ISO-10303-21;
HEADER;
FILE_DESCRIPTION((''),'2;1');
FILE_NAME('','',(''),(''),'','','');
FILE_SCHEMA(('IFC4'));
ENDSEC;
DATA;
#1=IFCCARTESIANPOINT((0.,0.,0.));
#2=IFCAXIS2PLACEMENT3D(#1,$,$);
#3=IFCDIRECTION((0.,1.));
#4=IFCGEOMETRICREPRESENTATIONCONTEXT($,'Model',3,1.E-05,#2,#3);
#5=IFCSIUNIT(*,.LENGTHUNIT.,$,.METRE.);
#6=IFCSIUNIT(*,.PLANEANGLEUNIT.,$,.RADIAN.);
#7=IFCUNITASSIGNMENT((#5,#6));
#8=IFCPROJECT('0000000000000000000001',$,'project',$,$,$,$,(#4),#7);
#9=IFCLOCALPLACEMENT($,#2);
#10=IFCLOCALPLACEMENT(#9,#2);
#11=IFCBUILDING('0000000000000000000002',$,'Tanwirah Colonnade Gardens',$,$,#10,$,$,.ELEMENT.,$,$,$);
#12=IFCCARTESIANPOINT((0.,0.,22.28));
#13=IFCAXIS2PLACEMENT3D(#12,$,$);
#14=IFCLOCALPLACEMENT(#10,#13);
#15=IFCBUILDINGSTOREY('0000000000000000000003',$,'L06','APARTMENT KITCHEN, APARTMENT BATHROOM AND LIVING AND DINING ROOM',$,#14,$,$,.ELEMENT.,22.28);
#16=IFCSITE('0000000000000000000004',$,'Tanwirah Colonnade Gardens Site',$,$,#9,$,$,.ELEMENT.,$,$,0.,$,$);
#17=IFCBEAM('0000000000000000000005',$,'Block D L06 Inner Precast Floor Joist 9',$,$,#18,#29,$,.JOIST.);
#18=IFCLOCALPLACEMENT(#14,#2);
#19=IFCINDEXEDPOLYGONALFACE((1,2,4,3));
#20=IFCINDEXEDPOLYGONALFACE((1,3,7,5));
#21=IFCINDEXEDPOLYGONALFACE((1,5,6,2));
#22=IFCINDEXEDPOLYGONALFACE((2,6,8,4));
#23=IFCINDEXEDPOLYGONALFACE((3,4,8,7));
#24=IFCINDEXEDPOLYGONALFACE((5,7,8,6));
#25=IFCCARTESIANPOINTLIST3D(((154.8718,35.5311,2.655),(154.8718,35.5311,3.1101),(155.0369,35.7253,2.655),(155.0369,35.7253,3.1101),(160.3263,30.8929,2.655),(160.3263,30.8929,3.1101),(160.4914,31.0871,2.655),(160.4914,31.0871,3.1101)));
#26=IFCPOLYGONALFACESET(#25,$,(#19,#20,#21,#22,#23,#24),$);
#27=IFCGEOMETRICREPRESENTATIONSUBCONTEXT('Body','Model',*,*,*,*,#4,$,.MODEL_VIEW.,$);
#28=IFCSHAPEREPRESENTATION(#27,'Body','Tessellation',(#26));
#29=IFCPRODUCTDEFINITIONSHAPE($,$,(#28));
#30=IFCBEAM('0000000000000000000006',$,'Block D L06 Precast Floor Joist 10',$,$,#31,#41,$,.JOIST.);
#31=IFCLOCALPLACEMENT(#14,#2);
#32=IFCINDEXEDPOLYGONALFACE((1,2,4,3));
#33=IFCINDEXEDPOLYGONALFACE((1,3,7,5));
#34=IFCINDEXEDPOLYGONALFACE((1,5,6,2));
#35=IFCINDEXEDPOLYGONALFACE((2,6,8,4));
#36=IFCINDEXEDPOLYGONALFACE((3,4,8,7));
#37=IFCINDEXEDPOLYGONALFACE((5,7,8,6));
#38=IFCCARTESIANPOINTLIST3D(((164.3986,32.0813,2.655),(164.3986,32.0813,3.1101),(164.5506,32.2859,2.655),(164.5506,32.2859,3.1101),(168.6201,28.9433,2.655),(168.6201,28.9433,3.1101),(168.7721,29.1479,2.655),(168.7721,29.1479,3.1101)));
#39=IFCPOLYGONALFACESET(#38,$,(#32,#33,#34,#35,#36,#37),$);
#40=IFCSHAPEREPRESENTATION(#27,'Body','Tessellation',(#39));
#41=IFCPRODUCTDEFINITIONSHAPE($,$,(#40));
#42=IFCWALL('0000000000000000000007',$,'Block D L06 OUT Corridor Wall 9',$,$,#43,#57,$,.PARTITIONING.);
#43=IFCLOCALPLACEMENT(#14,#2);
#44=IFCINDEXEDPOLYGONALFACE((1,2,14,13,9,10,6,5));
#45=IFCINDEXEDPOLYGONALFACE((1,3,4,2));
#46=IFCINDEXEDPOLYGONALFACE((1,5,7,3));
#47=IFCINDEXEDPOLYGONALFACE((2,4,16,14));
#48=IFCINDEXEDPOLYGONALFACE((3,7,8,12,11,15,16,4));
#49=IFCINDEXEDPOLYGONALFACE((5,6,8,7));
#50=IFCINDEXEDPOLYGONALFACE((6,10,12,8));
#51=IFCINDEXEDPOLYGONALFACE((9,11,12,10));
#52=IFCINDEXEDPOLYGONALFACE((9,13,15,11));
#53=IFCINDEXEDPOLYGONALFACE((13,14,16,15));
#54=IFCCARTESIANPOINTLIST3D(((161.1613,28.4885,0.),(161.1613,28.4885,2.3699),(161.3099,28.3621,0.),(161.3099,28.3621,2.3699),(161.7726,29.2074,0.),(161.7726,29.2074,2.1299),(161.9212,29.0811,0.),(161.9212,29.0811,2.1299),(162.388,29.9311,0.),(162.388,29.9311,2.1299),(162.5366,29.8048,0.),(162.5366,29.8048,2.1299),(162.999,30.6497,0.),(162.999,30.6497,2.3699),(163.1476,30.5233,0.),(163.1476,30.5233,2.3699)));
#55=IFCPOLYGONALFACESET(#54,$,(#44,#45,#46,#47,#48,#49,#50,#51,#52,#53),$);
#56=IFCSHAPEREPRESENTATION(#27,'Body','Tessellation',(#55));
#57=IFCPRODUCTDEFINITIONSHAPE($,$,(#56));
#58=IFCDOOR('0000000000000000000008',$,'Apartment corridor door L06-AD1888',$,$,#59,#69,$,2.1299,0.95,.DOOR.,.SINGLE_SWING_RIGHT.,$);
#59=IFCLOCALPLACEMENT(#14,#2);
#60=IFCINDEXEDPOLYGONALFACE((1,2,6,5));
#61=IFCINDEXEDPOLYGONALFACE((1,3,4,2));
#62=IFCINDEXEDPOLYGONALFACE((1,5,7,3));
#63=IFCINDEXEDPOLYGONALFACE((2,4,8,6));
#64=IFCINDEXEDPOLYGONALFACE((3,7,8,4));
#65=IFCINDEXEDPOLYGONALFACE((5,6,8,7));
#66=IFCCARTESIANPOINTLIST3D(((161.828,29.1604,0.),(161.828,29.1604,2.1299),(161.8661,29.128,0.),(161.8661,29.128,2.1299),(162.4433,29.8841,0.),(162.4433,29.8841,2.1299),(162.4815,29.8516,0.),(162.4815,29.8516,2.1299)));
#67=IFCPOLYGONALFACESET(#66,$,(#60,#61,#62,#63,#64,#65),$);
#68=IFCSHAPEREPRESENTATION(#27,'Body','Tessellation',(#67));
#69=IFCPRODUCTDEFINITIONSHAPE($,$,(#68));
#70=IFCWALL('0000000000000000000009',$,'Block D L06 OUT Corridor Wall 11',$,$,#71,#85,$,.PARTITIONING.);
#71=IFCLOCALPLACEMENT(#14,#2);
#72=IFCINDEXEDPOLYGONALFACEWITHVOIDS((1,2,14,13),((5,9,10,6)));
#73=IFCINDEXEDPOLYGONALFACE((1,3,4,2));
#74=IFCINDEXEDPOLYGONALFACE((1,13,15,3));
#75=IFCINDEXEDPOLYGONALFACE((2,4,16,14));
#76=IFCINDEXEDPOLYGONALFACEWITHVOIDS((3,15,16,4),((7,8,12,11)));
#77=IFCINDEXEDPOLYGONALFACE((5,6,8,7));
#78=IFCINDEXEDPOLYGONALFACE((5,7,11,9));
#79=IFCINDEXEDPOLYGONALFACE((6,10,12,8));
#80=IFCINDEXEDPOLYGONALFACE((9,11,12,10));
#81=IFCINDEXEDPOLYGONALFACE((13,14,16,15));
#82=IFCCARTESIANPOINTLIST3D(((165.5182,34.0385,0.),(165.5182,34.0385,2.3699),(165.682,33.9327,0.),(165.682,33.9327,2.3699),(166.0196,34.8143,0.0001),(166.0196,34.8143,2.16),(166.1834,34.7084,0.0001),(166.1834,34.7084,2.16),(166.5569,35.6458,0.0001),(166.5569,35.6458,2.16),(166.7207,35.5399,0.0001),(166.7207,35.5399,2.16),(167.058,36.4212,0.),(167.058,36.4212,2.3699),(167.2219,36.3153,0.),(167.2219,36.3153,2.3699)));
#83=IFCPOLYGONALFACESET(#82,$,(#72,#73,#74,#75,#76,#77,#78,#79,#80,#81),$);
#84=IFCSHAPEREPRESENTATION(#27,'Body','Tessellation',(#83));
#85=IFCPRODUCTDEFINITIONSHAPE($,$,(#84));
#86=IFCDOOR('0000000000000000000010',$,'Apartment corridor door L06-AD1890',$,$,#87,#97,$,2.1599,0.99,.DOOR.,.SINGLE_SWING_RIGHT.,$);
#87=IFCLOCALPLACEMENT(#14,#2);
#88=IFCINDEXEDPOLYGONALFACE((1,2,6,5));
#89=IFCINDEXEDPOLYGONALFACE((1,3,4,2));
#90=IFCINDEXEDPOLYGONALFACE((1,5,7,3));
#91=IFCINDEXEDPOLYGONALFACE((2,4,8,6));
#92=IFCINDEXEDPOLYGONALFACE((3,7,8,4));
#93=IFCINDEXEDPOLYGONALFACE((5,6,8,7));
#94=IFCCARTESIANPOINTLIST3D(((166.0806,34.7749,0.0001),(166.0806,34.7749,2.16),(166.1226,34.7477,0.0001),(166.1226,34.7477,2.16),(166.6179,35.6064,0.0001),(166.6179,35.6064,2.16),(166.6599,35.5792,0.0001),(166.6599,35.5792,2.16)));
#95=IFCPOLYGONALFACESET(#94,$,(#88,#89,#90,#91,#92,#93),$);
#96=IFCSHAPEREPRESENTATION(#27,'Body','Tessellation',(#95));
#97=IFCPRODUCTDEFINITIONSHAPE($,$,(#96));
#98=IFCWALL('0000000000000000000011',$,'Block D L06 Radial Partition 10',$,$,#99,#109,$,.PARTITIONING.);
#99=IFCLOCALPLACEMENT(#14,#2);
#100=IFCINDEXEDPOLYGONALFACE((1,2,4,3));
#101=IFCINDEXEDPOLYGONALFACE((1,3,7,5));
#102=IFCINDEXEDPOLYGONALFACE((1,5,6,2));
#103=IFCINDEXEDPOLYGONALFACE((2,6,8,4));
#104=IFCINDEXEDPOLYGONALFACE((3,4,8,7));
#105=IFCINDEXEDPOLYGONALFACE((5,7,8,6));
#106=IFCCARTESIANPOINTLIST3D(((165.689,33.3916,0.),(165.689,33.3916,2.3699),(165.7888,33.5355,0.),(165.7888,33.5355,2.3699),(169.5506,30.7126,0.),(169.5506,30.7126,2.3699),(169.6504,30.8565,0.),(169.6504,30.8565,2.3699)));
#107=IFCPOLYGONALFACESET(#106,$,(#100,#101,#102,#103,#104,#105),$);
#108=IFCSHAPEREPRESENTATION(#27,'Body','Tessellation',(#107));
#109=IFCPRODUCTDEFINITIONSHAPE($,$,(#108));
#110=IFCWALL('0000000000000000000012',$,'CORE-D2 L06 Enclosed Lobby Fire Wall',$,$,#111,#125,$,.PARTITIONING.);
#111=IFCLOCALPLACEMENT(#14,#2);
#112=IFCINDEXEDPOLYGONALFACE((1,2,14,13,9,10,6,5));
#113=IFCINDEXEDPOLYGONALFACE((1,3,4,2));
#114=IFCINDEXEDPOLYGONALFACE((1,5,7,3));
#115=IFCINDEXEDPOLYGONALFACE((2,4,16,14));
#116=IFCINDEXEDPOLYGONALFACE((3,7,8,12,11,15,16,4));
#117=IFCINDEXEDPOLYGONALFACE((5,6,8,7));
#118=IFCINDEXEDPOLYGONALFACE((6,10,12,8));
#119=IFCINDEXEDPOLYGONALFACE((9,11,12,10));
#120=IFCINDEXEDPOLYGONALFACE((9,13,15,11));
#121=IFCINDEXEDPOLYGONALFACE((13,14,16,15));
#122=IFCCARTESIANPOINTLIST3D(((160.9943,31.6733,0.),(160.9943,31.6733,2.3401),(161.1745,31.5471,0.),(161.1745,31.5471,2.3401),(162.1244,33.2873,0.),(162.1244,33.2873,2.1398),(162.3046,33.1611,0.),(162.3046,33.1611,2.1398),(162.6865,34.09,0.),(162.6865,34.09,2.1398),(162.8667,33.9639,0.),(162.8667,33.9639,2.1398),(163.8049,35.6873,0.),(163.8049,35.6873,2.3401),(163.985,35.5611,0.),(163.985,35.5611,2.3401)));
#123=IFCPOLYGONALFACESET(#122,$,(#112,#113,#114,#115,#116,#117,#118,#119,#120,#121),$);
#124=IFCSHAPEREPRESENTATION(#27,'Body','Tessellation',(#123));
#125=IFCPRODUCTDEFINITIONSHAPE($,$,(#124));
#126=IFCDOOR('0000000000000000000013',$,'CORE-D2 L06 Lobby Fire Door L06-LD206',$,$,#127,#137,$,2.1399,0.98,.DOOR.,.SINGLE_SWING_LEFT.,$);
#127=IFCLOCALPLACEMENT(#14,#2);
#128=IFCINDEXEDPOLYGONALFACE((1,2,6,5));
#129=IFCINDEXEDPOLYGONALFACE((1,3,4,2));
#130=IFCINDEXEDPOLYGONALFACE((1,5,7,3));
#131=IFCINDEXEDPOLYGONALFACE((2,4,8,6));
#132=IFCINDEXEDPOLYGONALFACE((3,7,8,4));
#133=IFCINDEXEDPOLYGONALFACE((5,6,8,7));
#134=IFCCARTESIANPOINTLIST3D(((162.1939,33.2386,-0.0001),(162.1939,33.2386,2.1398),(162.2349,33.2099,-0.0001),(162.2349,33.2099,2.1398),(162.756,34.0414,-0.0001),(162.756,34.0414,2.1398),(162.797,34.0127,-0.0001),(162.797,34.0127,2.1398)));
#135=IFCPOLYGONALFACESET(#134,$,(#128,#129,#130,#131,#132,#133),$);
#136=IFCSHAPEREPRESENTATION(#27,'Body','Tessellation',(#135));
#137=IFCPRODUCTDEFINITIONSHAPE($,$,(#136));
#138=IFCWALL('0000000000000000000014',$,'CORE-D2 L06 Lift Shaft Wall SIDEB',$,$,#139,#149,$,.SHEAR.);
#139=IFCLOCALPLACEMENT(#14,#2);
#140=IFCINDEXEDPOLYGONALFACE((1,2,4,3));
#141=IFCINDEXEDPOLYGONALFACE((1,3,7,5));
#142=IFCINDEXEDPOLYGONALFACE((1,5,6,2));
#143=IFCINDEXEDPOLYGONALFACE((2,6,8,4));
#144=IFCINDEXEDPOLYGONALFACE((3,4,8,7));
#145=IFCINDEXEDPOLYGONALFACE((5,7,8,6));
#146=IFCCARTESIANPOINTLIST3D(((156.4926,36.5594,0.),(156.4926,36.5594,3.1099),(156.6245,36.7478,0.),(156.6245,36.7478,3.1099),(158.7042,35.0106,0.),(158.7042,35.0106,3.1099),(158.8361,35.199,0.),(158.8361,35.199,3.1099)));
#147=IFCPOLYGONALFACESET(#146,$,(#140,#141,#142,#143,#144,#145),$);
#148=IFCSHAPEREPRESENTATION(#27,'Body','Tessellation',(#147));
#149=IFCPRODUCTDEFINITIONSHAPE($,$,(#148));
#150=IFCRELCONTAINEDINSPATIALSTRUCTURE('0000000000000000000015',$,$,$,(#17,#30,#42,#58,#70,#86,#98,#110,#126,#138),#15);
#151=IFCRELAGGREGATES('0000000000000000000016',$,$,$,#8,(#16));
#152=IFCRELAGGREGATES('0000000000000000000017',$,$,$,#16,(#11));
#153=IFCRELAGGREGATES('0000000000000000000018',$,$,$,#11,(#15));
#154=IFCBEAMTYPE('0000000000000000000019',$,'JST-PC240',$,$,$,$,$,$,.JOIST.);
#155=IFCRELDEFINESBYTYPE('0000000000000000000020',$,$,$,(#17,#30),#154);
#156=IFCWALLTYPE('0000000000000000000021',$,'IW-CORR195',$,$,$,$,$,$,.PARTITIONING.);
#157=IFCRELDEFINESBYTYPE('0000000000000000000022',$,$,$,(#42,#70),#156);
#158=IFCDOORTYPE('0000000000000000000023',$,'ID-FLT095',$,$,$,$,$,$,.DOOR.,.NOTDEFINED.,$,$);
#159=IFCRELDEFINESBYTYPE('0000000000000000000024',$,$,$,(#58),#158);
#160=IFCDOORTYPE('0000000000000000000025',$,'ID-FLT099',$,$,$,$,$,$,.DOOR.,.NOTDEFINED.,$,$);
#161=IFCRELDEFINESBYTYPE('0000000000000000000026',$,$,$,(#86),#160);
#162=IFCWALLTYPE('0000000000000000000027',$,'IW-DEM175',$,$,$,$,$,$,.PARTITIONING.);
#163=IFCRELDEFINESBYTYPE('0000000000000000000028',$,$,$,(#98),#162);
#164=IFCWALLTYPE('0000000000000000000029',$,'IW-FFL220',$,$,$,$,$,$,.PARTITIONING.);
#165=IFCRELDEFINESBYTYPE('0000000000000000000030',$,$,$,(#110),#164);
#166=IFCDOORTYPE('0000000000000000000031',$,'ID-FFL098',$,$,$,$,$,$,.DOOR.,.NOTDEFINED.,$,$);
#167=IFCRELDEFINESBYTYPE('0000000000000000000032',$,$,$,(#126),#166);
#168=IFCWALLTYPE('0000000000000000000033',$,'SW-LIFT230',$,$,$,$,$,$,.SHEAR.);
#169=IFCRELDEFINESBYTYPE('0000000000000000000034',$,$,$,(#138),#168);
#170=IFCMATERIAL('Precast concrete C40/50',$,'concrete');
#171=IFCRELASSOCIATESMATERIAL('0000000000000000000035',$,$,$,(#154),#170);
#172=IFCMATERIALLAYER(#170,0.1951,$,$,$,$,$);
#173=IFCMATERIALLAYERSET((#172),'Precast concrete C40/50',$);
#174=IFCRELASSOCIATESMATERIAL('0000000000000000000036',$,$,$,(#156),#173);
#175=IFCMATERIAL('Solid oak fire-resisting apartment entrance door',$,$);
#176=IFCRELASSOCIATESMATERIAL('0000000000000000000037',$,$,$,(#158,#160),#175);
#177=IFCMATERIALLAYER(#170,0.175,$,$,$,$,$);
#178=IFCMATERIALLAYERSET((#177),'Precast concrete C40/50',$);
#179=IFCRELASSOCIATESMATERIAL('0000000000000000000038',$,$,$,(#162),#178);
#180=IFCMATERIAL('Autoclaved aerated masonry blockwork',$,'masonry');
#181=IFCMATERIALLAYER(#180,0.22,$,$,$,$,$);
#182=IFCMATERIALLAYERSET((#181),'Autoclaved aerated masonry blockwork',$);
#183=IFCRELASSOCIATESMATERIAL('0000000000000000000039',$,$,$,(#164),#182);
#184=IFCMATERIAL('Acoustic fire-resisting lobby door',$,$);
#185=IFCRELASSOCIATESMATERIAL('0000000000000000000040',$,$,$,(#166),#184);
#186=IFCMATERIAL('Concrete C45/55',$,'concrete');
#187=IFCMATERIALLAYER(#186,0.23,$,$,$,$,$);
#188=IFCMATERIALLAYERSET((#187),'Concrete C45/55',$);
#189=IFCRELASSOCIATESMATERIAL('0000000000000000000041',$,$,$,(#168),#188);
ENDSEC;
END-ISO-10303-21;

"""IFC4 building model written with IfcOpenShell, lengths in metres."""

from ifc_helpers import new_model, si_unit, direction, frame, frame_2d, origin, origin_2d, place, context, subcontext, project, spatial, rectangle, extrude, material, layer, layer_set, material_profile, profile_set, type_object, element, fill, save


model = new_model("IFC4")

# Units and contexts
model_context = context("Model", 3, precision=1e-05, world=origin(), true_north=direction((0.0, 1.0)))
body_context = subcontext(model_context, "Body", "Model", "MODEL_VIEW")
ifc_project = project(units=[si_unit("LENGTHUNIT", "METRE"), si_unit("PLANEANGLEUNIT", "RADIAN")], contexts=[model_context])

# Site, building, storey
site_placement = place(None, origin())
site = spatial("IfcSite", under=ifc_project, at=site_placement, Name="Tanwirah Colonnade Gardens Site", CompositionType="ELEMENT", RefElevation=0.0)
building_placement = place(site_placement, origin())
building = spatial("IfcBuilding", under=site, at=building_placement, Name="Tanwirah Colonnade Gardens", CompositionType="ELEMENT")
storey_placement = place(building_placement, frame((0.0, 0.0, 22.28)))
storey = spatial("IfcBuildingStorey", under=building, at=storey_placement, Name="L06", Description="APARTMENT KITCHEN, APARTMENT BATHROOM AND LIVING AND DINING ROOM", CompositionType="ELEMENT", Elevation=22.28)

# Shared definitions
ifc_material_1 = material(Name="Precast concrete C40/50", Category="concrete")

# Beams
ifc_material_profile_1 = material_profile(ifc_material_1, rectangle(XDim=0.2549, YDim=0.4551, at=origin_2d()), Name="PC-JST 255x455")
ifc_profile_set_1 = profile_set([ifc_material_profile_1], Name="Precast concrete C40/50")
beam_type_1 = type_object("IfcBeamType", Name="JST-PC240", PredefinedType="JOIST", material=ifc_profile_set_1)
beam_1_placement = place(storey_placement, frame((154.9543, 35.6282, 2.8826), z_axis=(0.761816, -0.647793, 0.0), x_axis=(0.647793, 0.761816, 0.0)))
element("IfcBeam", 1, at=beam_1_placement, inside=storey, type_object=beam_type_1, Name="Block D L06 Inner Precast Floor Joist 9", PredefinedType="JOIST", context=body_context, shape_type="SweptSolid", body=[
    extrude(rectangle(XDim=0.2549, YDim=0.4551, at=origin_2d()), origin(), (0.0, 0.0, 1.0), 7.1599),
])
beam_2_placement = place(storey_placement, frame((164.4746, 32.1836, 2.8826), z_axis=(0.80256, -0.596571, 0.0), x_axis=(0.596571, 0.80256, 0.0)))
element("IfcBeam", 2, at=beam_2_placement, inside=storey, type_object=beam_type_1, Name="Block D L06 Precast Floor Joist 10", PredefinedType="JOIST", context=body_context, shape_type="SweptSolid", body=[
    extrude(rectangle(XDim=0.2549, YDim=0.4551, at=origin_2d()), origin(), (0.0, 0.0, 1.0), 5.26),
])

# Walls, openings, doors
ifc_layer_1 = layer(ifc_material_1, 0.1951)
ifc_layer_set_1 = layer_set([ifc_layer_1], Name="Precast concrete C40/50")
wall_type_1 = type_object("IfcWallType", Name="IW-CORR195", PredefinedType="PARTITIONING", material=ifc_layer_set_1)
wall_1_placement = place(storey_placement, frame((161.2356, 28.4253, 0.0), z_axis=(0.0, 0.0, 1.0), x_axis=(0.647788, 0.76182, 0.0)))
wall_1 = element("IfcWall", 3, at=wall_1_placement, inside=storey, type_object=wall_type_1, Name="Block D L06 OUT Corridor Wall 9", PredefinedType="PARTITIONING", context=body_context, shape_type="SweptSolid", body=[
    extrude(rectangle(XDim=2.8369, YDim=0.1951, at=frame_2d((1.4185, 0.0))), origin(), (0.0, 0.0, 1.0), 2.3699),
])
opening_1_placement = place(wall_1_placement, frame((0.9436, 0.0, 0.0)))
opening_1 = element("IfcOpeningElement", 4, at=opening_1_placement, cuts=wall_1, PredefinedType="OPENING", context=body_context, shape_type="SweptSolid", body=[
    extrude(rectangle(XDim=0.95, YDim=2.1299, at=frame_2d((0.4751, 1.0649))), frame((0.0, 0.1074, 0.0), z_axis=(0.0, -1.0, 0.0), x_axis=(1.0, 0.0, 0.0)), (0.0, 0.0, 1.0), 0.2151),
])
ifc_material_2 = material(Name="Solid oak fire-resisting apartment entrance door")
door_type_1 = type_object("IfcDoorType", Name="ID-FLT095", OperationType="NOTDEFINED", PredefinedType="DOOR", material=ifc_material_2)
door_1_placement = place(opening_1_placement, origin())
door_1 = element("IfcDoor", 5, at=door_1_placement, inside=storey, type_object=door_type_1, Name="Apartment corridor door L06-AD1888", OperationType="SINGLE_SWING_RIGHT", OverallHeight=2.1299, OverallWidth=0.95, PredefinedType="DOOR", context=body_context, shape_type="SweptSolid", body=[
    extrude(rectangle(XDim=0.95, YDim=2.1299, at=frame_2d((0.4751, 1.0649))), frame((0.0, 0.0249, 0.0), z_axis=(0.0, -1.0, 0.0), x_axis=(1.0, 0.0, 0.0)), (0.0, 0.0, 1.0), 0.05),
])
fill(opening_1, door_1)
wall_2_placement = place(storey_placement, frame((165.6001, 33.9856, 0.0), z_axis=(0.0, 0.0, 1.0), x_axis=(0.542787, 0.83987, 0.0)))
wall_2 = element("IfcWall", 6, at=wall_2_placement, inside=storey, type_object=wall_type_1, Name="Block D L06 OUT Corridor Wall 11", PredefinedType="PARTITIONING", context=body_context, shape_type="SweptSolid", body=[
    extrude(rectangle(XDim=2.8369, YDim=0.1951, at=frame_2d((1.4185, 0.0))), origin(), (0.0, 0.0, 1.0), 2.3699),
])
opening_2_placement = place(wall_2_placement, frame((0.9236, 0.0, 0.0)))
opening_2 = element("IfcOpeningElement", 7, at=opening_2_placement, cuts=wall_2, PredefinedType="OPENING", context=body_context, shape_type="SweptSolid", body=[
    extrude(rectangle(XDim=0.99, YDim=2.1599, at=frame_2d((0.4951, 1.0801))), frame((0.0, 0.1074, 0.0), z_axis=(0.0, -1.0, 0.0), x_axis=(1.0, 0.0, 0.0)), (0.0, 0.0, 1.0), 0.2151),
])
door_type_2 = type_object("IfcDoorType", Name="ID-FLT099", OperationType="NOTDEFINED", PredefinedType="DOOR", material=ifc_material_2)
door_2_placement = place(opening_2_placement, origin())
door_2 = element("IfcDoor", 8, at=door_2_placement, inside=storey, type_object=door_type_2, Name="Apartment corridor door L06-AD1890", OperationType="SINGLE_SWING_RIGHT", OverallHeight=2.1599, OverallWidth=0.99, PredefinedType="DOOR", context=body_context, shape_type="SweptSolid", body=[
    extrude(rectangle(XDim=0.99, YDim=2.1599, at=frame_2d((0.4951, 1.0801))), frame((0.0, 0.0249, 0.0), z_axis=(0.0, -1.0, 0.0), x_axis=(1.0, 0.0, 0.0)), (0.0, 0.0, 1.0), 0.05),
])
fill(opening_2, door_2)

# Wall
ifc_layer_2 = layer(ifc_material_1, 0.175)
ifc_layer_set_2 = layer_set([ifc_layer_2], Name="Precast concrete C40/50")
wall_type_2 = type_object("IfcWallType", Name="IW-DEM175", PredefinedType="PARTITIONING", material=ifc_layer_set_2)
wall_3_placement = place(storey_placement, frame((165.7388, 33.4636, 0.0), z_axis=(0.0, 0.0, 1.0), x_axis=(0.821638, -0.570009, 0.0)))
element("IfcWall", 9, at=wall_3_placement, inside=storey, type_object=wall_type_2, Name="Block D L06 Radial Partition 10", PredefinedType="PARTITIONING", context=body_context, shape_type="SweptSolid", body=[
    extrude(rectangle(XDim=4.7, YDim=0.175, at=frame_2d((2.3501, 0.0))), origin(), (0.0, 0.0, 1.0), 2.3699),
])

# Wall, opening, door
ifc_material_3 = material(Name="Autoclaved aerated masonry blockwork", Category="masonry")
ifc_layer_3 = layer(ifc_material_3, 0.22)
ifc_layer_set_3 = layer_set([ifc_layer_3], Name="Autoclaved aerated masonry blockwork")
wall_type_3 = type_object("IfcWallType", Name="IW-FFL220", PredefinedType="PARTITIONING", material=ifc_layer_set_3)
wall_4_placement = place(storey_placement, frame((163.895, 35.6243, 0.0), z_axis=(0.0, 0.0, 1.0), x_axis=(-0.573573, -0.819155, 0.0)))
wall_4 = element("IfcWall", 10, at=wall_4_placement, inside=storey, type_object=wall_type_3, Name="CORE-D2 L06 Enclosed Lobby Fire Wall", PredefinedType="PARTITIONING", context=body_context, shape_type="SweptSolid", body=[
    extrude(rectangle(XDim=4.9001, YDim=0.22, at=frame_2d((2.4502, 0.0))), origin(), (0.0, 0.0, 1.0), 2.3401),
])
opening_3_placement = place(wall_4_placement, frame((1.95, 0.0, 0.0)))
opening_3 = element("IfcOpeningElement", 11, at=opening_3_placement, cuts=wall_4, PredefinedType="OPENING", context=body_context, shape_type="SweptSolid", body=[
    extrude(rectangle(XDim=0.98, YDim=2.1399, at=frame_2d((0.49, 1.0698))), frame((0.0, 0.1199, 0.0), z_axis=(0.0, -1.0, 0.0), x_axis=(1.0, 0.0, 0.0)), (0.0, 0.0, 1.0), 0.24),
])
ifc_material_4 = material(Name="Acoustic fire-resisting lobby door")
door_type_3 = type_object("IfcDoorType", Name="ID-FFL098", OperationType="NOTDEFINED", PredefinedType="DOOR", material=ifc_material_4)
door_3_placement = place(opening_3_placement, origin())
door_3 = element("IfcDoor", 12, at=door_3_placement, inside=storey, type_object=door_type_3, Name="CORE-D2 L06 Lobby Fire Door L06-LD206", OperationType="SINGLE_SWING_LEFT", OverallHeight=2.1399, OverallWidth=0.98, PredefinedType="DOOR", context=body_context, shape_type="SweptSolid", body=[
    extrude(rectangle(XDim=0.98, YDim=2.1399, at=frame_2d((0.49, 1.0698))), frame((0.0, 0.0249, 0.0), z_axis=(0.0, -1.0, 0.0), x_axis=(1.0, 0.0, 0.0)), (0.0, 0.0, 1.0), 0.05),
])
fill(opening_3, door_3)
ifc_material_5 = material(Name="Concrete C45/55", Category="concrete")

# Wall
ifc_layer_4 = layer(ifc_material_5, 0.23)
ifc_layer_set_4 = layer_set([ifc_layer_4], Name="Concrete C45/55")
wall_type_4 = type_object("IfcWallType", Name="SW-LIFT230", PredefinedType="SHEAR", material=ifc_layer_set_4)
wall_5_placement = place(storey_placement, frame((158.7703, 35.1047, 0.0), z_axis=(0.0, 0.0, 1.0), x_axis=(-0.819117, 0.573626, 0.0)))
element("IfcWall", 13, at=wall_5_placement, inside=storey, type_object=wall_type_4, Name="CORE-D2 L06 Lift Shaft Wall SIDEB", PredefinedType="SHEAR", context=body_context, shape_type="SweptSolid", body=[
    extrude(rectangle(XDim=2.7, YDim=0.23, at=frame_2d((1.3501, 0.0))), origin(), (0.0, 0.0, 1.0), 3.1099),
])

save(model, "model.ifc")
